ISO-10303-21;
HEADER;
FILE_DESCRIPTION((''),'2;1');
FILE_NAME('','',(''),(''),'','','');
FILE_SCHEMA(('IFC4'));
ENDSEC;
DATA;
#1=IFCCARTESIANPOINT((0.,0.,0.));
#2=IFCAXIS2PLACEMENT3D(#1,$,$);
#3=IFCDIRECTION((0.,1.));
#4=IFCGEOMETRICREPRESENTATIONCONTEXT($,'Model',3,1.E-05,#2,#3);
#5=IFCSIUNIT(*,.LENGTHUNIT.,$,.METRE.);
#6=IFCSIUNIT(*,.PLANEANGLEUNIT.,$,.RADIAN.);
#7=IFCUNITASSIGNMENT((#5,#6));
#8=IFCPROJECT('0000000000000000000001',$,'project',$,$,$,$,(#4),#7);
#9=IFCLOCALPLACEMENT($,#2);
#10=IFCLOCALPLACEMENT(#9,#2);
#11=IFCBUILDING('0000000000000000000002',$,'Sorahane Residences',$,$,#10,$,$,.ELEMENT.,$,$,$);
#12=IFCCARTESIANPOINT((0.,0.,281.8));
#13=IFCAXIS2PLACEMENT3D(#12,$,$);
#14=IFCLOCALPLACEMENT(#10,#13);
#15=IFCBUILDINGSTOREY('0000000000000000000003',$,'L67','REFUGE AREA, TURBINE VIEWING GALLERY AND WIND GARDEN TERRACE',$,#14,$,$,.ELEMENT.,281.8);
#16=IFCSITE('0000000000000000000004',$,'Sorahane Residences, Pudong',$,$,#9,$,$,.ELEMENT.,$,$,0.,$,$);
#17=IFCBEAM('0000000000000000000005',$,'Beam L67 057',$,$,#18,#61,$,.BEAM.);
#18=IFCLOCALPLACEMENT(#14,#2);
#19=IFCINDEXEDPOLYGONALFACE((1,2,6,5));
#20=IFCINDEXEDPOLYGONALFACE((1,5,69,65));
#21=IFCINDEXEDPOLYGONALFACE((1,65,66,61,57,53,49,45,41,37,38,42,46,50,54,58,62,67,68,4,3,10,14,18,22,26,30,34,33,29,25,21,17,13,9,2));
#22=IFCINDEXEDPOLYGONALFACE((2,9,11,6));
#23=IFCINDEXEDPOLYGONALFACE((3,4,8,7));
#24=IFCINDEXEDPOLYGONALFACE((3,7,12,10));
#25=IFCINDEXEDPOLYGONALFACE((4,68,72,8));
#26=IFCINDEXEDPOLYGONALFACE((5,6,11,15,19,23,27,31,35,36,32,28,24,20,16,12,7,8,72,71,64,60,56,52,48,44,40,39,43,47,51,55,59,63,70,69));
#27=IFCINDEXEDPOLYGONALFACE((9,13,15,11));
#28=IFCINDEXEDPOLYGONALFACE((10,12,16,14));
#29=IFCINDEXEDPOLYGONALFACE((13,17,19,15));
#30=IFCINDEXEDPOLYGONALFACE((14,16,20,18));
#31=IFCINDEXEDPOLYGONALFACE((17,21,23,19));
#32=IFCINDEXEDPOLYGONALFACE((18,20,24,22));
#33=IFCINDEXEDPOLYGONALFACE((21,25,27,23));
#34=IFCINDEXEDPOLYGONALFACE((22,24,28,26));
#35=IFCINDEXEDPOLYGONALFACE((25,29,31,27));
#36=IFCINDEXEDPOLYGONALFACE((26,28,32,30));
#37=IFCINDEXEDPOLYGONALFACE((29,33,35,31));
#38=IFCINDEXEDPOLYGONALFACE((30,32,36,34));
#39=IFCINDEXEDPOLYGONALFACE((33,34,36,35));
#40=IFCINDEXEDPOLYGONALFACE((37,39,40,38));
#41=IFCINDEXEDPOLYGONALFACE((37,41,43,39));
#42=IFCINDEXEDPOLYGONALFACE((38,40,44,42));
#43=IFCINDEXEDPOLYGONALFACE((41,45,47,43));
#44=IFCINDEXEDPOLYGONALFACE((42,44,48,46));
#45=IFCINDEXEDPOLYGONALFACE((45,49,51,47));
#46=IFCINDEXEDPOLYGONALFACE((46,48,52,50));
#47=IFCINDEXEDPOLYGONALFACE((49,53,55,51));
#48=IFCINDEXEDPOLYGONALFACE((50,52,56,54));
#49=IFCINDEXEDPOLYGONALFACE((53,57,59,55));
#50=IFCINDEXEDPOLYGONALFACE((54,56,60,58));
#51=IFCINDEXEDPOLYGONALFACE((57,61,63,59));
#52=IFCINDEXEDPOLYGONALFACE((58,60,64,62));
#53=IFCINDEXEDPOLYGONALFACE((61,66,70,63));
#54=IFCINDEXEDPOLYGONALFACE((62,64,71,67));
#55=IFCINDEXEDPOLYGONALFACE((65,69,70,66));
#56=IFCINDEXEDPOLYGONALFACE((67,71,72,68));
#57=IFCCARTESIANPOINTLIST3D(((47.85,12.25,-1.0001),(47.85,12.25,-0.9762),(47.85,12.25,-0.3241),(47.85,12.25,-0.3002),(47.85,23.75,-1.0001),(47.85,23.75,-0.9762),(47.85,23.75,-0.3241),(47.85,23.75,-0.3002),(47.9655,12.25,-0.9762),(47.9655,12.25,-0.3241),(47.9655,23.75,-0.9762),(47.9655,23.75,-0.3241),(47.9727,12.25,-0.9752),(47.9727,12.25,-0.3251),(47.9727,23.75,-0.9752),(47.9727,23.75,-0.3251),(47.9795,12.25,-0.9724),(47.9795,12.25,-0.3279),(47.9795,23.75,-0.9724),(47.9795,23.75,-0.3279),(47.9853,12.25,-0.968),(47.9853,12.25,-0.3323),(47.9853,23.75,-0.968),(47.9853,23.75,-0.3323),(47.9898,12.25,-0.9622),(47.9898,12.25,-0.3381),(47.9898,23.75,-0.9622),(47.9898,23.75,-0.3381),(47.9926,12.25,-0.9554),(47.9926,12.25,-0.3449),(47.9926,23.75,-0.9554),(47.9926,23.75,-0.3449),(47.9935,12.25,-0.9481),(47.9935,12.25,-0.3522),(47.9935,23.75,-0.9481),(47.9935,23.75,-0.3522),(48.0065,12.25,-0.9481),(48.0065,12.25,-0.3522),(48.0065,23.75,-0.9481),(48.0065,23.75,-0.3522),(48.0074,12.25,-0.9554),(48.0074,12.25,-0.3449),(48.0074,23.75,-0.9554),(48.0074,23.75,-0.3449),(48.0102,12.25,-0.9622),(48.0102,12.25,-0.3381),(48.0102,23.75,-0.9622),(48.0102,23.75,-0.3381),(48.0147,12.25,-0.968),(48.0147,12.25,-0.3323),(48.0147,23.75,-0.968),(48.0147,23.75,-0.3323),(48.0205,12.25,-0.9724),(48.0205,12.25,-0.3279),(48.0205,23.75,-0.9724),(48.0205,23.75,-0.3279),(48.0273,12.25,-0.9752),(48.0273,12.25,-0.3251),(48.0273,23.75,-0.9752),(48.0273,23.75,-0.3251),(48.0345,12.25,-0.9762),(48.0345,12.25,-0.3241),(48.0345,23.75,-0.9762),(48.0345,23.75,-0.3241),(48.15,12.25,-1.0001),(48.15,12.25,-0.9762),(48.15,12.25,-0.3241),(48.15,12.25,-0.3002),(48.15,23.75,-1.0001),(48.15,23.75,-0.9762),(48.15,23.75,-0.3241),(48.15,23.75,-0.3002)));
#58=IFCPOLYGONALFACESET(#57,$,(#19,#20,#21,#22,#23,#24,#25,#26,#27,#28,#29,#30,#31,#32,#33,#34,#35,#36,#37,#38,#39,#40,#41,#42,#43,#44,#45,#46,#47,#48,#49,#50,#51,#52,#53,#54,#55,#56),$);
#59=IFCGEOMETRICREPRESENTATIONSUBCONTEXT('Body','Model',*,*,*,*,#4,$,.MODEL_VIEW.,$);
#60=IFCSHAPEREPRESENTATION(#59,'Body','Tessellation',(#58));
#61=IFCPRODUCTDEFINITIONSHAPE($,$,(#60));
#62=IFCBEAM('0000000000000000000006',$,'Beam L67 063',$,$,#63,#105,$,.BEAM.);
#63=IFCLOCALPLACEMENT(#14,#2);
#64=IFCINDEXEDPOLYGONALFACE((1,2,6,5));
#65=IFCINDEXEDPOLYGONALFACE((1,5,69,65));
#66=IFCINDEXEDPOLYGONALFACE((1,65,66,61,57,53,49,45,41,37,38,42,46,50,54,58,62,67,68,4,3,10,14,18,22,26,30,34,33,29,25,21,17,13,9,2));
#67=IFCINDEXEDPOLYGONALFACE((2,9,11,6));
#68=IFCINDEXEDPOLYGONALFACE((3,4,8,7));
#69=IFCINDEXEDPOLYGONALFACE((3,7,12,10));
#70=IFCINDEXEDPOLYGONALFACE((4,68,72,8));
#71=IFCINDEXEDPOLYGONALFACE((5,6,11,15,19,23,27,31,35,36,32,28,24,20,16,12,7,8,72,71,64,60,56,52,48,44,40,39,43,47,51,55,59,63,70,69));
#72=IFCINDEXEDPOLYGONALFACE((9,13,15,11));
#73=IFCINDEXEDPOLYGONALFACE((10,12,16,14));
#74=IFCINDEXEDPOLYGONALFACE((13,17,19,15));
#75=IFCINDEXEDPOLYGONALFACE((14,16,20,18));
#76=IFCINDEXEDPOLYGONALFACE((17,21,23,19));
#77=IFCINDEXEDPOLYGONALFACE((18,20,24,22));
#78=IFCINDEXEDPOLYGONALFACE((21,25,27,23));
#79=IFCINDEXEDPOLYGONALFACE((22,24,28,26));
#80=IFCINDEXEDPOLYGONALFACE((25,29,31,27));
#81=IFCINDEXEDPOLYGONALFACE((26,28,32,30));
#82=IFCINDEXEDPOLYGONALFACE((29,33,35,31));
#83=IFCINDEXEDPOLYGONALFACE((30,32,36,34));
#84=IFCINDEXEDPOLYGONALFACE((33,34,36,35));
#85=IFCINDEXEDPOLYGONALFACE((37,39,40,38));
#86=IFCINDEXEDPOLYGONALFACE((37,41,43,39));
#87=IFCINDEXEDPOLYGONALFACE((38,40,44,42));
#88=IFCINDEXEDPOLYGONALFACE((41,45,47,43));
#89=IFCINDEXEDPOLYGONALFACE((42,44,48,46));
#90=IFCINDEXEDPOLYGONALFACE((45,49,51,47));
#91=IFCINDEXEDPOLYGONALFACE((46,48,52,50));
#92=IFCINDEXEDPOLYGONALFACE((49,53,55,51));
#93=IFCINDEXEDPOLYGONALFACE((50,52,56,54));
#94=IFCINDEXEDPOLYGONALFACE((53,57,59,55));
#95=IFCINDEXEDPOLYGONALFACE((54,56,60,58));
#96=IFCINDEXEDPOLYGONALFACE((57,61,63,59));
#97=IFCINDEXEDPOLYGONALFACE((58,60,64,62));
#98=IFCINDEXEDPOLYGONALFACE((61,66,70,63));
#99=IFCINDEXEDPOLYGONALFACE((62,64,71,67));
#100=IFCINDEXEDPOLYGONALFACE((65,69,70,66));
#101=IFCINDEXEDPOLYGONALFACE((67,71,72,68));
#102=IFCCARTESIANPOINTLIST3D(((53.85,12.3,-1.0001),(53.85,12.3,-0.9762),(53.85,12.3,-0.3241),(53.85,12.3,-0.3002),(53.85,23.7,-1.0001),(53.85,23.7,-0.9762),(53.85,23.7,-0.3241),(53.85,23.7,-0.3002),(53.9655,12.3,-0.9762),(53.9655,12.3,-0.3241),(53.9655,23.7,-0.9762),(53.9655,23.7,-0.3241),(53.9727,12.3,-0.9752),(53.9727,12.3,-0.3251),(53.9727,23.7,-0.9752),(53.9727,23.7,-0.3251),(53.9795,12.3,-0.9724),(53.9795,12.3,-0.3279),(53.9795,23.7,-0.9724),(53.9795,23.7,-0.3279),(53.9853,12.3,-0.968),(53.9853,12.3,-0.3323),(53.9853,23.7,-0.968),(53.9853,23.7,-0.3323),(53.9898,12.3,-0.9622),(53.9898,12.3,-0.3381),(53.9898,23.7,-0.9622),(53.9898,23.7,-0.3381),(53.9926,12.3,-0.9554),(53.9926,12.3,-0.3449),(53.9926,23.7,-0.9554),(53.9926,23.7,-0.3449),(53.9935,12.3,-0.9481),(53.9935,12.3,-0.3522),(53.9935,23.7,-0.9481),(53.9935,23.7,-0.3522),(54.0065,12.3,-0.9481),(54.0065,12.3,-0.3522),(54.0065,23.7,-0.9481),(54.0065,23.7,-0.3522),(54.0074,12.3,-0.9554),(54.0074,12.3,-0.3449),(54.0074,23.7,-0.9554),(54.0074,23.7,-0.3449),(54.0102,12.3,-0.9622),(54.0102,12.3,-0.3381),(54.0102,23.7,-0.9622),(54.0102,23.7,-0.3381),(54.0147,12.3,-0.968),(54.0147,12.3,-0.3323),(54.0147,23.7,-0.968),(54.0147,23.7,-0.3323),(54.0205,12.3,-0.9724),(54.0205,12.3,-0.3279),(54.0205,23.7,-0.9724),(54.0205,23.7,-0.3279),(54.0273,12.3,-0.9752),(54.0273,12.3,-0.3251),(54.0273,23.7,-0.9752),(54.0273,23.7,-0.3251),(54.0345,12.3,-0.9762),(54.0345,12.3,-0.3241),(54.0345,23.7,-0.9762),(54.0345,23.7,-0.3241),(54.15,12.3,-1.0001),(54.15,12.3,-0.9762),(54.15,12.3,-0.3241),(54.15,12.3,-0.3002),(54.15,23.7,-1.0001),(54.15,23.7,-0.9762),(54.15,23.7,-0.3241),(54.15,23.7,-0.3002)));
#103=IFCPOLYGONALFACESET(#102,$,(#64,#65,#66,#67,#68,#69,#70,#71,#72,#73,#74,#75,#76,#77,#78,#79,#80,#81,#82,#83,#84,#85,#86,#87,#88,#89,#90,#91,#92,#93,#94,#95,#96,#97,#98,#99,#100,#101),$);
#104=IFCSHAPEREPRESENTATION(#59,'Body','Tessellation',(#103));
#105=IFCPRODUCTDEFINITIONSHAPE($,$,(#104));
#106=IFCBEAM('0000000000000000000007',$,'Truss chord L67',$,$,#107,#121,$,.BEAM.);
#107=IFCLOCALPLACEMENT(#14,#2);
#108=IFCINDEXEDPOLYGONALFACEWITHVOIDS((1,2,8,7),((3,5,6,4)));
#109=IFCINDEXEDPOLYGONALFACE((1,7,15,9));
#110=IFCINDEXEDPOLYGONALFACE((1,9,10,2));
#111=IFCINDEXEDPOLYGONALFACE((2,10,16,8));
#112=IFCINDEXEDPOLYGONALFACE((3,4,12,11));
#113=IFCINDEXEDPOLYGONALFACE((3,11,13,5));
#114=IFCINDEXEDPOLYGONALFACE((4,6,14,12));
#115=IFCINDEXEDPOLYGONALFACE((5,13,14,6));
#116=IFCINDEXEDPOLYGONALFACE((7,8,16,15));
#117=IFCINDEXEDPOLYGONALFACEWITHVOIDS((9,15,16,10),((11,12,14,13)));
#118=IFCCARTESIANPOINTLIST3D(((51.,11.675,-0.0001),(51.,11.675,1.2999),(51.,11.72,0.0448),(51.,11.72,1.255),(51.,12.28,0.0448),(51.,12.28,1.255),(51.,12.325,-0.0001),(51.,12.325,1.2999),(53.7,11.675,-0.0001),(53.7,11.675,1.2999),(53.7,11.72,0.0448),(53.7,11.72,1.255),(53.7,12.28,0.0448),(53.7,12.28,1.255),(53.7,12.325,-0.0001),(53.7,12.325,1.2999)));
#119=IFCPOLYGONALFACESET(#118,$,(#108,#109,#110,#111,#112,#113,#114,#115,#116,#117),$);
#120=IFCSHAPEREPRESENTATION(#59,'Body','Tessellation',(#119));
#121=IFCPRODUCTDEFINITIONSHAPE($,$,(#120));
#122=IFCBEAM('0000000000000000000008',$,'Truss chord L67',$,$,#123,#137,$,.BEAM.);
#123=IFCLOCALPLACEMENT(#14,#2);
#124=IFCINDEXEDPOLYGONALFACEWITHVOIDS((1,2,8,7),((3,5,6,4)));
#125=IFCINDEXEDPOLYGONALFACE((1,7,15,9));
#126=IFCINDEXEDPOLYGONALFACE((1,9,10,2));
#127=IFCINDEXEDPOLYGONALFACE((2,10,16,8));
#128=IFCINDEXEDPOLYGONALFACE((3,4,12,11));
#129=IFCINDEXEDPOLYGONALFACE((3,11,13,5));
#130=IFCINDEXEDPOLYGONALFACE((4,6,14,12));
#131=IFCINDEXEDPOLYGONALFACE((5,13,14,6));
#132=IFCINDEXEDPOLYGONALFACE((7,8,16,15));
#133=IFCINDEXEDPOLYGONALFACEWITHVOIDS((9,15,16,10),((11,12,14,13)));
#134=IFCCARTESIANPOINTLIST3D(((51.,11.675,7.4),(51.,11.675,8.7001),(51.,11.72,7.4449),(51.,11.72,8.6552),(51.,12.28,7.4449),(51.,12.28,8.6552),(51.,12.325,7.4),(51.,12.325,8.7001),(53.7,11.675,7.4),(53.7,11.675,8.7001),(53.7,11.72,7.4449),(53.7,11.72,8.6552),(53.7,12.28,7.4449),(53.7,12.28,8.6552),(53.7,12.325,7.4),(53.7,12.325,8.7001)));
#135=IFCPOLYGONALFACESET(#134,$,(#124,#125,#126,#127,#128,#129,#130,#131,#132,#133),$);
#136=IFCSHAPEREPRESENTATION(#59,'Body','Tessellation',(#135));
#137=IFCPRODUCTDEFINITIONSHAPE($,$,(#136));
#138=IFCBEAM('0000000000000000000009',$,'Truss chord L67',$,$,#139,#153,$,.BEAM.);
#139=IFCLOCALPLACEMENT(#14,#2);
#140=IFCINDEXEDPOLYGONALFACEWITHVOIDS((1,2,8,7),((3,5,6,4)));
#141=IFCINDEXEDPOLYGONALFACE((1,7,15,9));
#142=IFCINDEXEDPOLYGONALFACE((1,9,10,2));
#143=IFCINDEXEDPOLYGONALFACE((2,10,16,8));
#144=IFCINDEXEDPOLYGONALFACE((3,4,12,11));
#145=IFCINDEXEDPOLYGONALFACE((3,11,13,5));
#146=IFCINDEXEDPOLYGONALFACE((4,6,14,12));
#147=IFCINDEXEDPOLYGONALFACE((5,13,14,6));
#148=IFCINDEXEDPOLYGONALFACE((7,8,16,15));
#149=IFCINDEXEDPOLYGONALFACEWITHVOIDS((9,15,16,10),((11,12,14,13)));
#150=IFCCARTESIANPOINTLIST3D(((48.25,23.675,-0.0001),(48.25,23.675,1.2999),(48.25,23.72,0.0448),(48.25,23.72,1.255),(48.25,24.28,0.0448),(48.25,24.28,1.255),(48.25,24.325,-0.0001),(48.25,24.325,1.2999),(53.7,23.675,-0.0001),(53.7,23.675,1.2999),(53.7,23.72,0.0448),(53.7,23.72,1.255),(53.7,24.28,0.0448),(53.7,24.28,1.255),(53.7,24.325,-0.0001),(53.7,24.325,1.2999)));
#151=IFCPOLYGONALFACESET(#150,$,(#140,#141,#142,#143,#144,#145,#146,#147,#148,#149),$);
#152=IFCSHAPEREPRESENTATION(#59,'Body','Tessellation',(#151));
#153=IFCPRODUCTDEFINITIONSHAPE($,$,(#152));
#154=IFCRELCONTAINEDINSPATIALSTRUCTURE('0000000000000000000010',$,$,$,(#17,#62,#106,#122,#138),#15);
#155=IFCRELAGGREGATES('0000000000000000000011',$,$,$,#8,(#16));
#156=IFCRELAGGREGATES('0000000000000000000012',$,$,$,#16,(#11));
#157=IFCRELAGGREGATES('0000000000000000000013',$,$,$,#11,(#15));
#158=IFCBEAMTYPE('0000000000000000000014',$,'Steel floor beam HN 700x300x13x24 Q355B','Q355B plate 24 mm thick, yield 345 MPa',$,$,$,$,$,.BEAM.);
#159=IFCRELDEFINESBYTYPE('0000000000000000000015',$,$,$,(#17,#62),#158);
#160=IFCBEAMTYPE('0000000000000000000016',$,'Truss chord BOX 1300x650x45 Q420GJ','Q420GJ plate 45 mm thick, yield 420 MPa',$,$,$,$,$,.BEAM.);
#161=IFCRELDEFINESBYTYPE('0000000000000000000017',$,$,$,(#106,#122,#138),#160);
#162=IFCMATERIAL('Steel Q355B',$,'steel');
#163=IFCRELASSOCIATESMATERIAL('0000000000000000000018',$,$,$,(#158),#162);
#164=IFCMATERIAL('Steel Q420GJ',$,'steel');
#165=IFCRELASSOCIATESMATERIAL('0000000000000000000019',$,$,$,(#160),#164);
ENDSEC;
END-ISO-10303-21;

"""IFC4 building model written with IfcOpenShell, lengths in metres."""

from ifc_helpers import new_model, si_unit, direction, frame, origin, origin_2d, place, context, subcontext, project, spatial, hollow_rectangle, i_section, extrude, material, material_profile, profile_set, type_object, element, save


model = new_model("IFC4")

# Units and contexts
model_context = context("Model", 3, precision=1e-05, world=origin(), true_north=direction((0.0, 1.0)))
body_context = subcontext(model_context, "Body", "Model", "MODEL_VIEW")
ifc_project = project(units=[si_unit("LENGTHUNIT", "METRE"), si_unit("PLANEANGLEUNIT", "RADIAN")], contexts=[model_context])

# Site, building, storey
site_placement = place(None, origin())
site = spatial("IfcSite", under=ifc_project, at=site_placement, Name="Sorahane Residences, Pudong", CompositionType="ELEMENT", RefElevation=0.0)
building_placement = place(site_placement, origin())
building = spatial("IfcBuilding", under=site, at=building_placement, Name="Sorahane Residences", CompositionType="ELEMENT")
storey_placement = place(building_placement, frame((0.0, 0.0, 281.8)))
storey = spatial("IfcBuildingStorey", under=building, at=storey_placement, Name="L67", Description="REFUGE AREA, TURBINE VIEWING GALLERY AND WIND GARDEN TERRACE", CompositionType="ELEMENT", Elevation=281.8)

# Beams
ifc_material_1 = material(Name="Steel Q355B", Category="steel")
ifc_material_profile_1 = material_profile(ifc_material_1, i_section(OverallWidth=0.3, OverallDepth=0.7, WebThickness=0.0129, FlangeThickness=0.0239, FilletRadius=0.0281, at=origin_2d()), Name="HN 700x300x13x24")
ifc_profile_set_1 = profile_set([ifc_material_profile_1], Name="Steel Q355B")
beam_type_1 = type_object("IfcBeamType", Name="Steel floor beam HN 700x300x13x24 Q355B", Description="Q355B plate 24 mm thick, yield 345 MPa", PredefinedType="BEAM", material=ifc_profile_set_1)
beam_1_placement = place(storey_placement, frame((48.0, 12.25, -0.6501), z_axis=(0.0, 1.0, 0.0), x_axis=(-1.0, 0.0, 0.0)))
element("IfcBeam", 1, at=beam_1_placement, inside=storey, type_object=beam_type_1, Name="Beam L67 057", PredefinedType="BEAM", context=body_context, shape_type="SweptSolid", body=[
    extrude(i_section(OverallWidth=0.3, OverallDepth=0.7, WebThickness=0.0129, FlangeThickness=0.0239, FilletRadius=0.0281, at=origin_2d()), origin(), (0.0, 0.0, 1.0), 11.5),
])
beam_2_placement = place(storey_placement, frame((54.0, 12.3, -0.6501), z_axis=(0.0, 1.0, 0.0), x_axis=(-1.0, 0.0, 0.0)))
element("IfcBeam", 2, at=beam_2_placement, inside=storey, type_object=beam_type_1, Name="Beam L67 063", PredefinedType="BEAM", context=body_context, shape_type="SweptSolid", body=[
    extrude(i_section(OverallWidth=0.3, OverallDepth=0.7, WebThickness=0.0129, FlangeThickness=0.0239, FilletRadius=0.0281, at=origin_2d()), origin(), (0.0, 0.0, 1.0), 11.3999),
])
ifc_material_2 = material(Name="Steel Q420GJ", Category="steel")
ifc_material_profile_2 = material_profile(ifc_material_2, hollow_rectangle(XDim=0.6499, YDim=1.3, WallThickness=0.0449, at=origin_2d()), Name="BOX 1300x650x45")
ifc_profile_set_2 = profile_set([ifc_material_profile_2], Name="Steel Q420GJ")
beam_type_2 = type_object("IfcBeamType", Name="Truss chord BOX 1300x650x45 Q420GJ", Description="Q420GJ plate 45 mm thick, yield 420 MPa", PredefinedType="BEAM", material=ifc_profile_set_2)
for number, where, z_axis, x_axis, name in (
    (3, (51.0, 12.0, 0.6499), (1.0, 0.0, 0.0), (0.0, 1.0, 0.0), "Truss chord L67"),
    (4, (51.0, 12.0, 8.05), (1.0, 0.0, 0.0), (0.0, 1.0, 0.0), "Truss chord L67"),
):
    element("IfcBeam", number, at=place(storey_placement, frame(where, z_axis=z_axis, x_axis=x_axis)), inside=storey, type_object=beam_type_2, Name=name, PredefinedType="BEAM", context=body_context, shape_type="SweptSolid", body=[
        extrude(hollow_rectangle(XDim=0.6499, YDim=1.3, WallThickness=0.0449, at=origin_2d()), origin(), (0.0, 0.0, 1.0), 2.7),
    ])
beam_3_placement = place(storey_placement, frame((48.25, 24.0, 0.6499), z_axis=(1.0, 0.0, 0.0), x_axis=(0.0, 1.0, 0.0)))
element("IfcBeam", 5, at=beam_3_placement, inside=storey, type_object=beam_type_2, Name="Truss chord L67", PredefinedType="BEAM", context=body_context, shape_type="SweptSolid", body=[
    extrude(hollow_rectangle(XDim=0.6499, YDim=1.3, WallThickness=0.0449, at=origin_2d()), origin(), (0.0, 0.0, 1.0), 5.45),
])

save(model, "model.ifc")
